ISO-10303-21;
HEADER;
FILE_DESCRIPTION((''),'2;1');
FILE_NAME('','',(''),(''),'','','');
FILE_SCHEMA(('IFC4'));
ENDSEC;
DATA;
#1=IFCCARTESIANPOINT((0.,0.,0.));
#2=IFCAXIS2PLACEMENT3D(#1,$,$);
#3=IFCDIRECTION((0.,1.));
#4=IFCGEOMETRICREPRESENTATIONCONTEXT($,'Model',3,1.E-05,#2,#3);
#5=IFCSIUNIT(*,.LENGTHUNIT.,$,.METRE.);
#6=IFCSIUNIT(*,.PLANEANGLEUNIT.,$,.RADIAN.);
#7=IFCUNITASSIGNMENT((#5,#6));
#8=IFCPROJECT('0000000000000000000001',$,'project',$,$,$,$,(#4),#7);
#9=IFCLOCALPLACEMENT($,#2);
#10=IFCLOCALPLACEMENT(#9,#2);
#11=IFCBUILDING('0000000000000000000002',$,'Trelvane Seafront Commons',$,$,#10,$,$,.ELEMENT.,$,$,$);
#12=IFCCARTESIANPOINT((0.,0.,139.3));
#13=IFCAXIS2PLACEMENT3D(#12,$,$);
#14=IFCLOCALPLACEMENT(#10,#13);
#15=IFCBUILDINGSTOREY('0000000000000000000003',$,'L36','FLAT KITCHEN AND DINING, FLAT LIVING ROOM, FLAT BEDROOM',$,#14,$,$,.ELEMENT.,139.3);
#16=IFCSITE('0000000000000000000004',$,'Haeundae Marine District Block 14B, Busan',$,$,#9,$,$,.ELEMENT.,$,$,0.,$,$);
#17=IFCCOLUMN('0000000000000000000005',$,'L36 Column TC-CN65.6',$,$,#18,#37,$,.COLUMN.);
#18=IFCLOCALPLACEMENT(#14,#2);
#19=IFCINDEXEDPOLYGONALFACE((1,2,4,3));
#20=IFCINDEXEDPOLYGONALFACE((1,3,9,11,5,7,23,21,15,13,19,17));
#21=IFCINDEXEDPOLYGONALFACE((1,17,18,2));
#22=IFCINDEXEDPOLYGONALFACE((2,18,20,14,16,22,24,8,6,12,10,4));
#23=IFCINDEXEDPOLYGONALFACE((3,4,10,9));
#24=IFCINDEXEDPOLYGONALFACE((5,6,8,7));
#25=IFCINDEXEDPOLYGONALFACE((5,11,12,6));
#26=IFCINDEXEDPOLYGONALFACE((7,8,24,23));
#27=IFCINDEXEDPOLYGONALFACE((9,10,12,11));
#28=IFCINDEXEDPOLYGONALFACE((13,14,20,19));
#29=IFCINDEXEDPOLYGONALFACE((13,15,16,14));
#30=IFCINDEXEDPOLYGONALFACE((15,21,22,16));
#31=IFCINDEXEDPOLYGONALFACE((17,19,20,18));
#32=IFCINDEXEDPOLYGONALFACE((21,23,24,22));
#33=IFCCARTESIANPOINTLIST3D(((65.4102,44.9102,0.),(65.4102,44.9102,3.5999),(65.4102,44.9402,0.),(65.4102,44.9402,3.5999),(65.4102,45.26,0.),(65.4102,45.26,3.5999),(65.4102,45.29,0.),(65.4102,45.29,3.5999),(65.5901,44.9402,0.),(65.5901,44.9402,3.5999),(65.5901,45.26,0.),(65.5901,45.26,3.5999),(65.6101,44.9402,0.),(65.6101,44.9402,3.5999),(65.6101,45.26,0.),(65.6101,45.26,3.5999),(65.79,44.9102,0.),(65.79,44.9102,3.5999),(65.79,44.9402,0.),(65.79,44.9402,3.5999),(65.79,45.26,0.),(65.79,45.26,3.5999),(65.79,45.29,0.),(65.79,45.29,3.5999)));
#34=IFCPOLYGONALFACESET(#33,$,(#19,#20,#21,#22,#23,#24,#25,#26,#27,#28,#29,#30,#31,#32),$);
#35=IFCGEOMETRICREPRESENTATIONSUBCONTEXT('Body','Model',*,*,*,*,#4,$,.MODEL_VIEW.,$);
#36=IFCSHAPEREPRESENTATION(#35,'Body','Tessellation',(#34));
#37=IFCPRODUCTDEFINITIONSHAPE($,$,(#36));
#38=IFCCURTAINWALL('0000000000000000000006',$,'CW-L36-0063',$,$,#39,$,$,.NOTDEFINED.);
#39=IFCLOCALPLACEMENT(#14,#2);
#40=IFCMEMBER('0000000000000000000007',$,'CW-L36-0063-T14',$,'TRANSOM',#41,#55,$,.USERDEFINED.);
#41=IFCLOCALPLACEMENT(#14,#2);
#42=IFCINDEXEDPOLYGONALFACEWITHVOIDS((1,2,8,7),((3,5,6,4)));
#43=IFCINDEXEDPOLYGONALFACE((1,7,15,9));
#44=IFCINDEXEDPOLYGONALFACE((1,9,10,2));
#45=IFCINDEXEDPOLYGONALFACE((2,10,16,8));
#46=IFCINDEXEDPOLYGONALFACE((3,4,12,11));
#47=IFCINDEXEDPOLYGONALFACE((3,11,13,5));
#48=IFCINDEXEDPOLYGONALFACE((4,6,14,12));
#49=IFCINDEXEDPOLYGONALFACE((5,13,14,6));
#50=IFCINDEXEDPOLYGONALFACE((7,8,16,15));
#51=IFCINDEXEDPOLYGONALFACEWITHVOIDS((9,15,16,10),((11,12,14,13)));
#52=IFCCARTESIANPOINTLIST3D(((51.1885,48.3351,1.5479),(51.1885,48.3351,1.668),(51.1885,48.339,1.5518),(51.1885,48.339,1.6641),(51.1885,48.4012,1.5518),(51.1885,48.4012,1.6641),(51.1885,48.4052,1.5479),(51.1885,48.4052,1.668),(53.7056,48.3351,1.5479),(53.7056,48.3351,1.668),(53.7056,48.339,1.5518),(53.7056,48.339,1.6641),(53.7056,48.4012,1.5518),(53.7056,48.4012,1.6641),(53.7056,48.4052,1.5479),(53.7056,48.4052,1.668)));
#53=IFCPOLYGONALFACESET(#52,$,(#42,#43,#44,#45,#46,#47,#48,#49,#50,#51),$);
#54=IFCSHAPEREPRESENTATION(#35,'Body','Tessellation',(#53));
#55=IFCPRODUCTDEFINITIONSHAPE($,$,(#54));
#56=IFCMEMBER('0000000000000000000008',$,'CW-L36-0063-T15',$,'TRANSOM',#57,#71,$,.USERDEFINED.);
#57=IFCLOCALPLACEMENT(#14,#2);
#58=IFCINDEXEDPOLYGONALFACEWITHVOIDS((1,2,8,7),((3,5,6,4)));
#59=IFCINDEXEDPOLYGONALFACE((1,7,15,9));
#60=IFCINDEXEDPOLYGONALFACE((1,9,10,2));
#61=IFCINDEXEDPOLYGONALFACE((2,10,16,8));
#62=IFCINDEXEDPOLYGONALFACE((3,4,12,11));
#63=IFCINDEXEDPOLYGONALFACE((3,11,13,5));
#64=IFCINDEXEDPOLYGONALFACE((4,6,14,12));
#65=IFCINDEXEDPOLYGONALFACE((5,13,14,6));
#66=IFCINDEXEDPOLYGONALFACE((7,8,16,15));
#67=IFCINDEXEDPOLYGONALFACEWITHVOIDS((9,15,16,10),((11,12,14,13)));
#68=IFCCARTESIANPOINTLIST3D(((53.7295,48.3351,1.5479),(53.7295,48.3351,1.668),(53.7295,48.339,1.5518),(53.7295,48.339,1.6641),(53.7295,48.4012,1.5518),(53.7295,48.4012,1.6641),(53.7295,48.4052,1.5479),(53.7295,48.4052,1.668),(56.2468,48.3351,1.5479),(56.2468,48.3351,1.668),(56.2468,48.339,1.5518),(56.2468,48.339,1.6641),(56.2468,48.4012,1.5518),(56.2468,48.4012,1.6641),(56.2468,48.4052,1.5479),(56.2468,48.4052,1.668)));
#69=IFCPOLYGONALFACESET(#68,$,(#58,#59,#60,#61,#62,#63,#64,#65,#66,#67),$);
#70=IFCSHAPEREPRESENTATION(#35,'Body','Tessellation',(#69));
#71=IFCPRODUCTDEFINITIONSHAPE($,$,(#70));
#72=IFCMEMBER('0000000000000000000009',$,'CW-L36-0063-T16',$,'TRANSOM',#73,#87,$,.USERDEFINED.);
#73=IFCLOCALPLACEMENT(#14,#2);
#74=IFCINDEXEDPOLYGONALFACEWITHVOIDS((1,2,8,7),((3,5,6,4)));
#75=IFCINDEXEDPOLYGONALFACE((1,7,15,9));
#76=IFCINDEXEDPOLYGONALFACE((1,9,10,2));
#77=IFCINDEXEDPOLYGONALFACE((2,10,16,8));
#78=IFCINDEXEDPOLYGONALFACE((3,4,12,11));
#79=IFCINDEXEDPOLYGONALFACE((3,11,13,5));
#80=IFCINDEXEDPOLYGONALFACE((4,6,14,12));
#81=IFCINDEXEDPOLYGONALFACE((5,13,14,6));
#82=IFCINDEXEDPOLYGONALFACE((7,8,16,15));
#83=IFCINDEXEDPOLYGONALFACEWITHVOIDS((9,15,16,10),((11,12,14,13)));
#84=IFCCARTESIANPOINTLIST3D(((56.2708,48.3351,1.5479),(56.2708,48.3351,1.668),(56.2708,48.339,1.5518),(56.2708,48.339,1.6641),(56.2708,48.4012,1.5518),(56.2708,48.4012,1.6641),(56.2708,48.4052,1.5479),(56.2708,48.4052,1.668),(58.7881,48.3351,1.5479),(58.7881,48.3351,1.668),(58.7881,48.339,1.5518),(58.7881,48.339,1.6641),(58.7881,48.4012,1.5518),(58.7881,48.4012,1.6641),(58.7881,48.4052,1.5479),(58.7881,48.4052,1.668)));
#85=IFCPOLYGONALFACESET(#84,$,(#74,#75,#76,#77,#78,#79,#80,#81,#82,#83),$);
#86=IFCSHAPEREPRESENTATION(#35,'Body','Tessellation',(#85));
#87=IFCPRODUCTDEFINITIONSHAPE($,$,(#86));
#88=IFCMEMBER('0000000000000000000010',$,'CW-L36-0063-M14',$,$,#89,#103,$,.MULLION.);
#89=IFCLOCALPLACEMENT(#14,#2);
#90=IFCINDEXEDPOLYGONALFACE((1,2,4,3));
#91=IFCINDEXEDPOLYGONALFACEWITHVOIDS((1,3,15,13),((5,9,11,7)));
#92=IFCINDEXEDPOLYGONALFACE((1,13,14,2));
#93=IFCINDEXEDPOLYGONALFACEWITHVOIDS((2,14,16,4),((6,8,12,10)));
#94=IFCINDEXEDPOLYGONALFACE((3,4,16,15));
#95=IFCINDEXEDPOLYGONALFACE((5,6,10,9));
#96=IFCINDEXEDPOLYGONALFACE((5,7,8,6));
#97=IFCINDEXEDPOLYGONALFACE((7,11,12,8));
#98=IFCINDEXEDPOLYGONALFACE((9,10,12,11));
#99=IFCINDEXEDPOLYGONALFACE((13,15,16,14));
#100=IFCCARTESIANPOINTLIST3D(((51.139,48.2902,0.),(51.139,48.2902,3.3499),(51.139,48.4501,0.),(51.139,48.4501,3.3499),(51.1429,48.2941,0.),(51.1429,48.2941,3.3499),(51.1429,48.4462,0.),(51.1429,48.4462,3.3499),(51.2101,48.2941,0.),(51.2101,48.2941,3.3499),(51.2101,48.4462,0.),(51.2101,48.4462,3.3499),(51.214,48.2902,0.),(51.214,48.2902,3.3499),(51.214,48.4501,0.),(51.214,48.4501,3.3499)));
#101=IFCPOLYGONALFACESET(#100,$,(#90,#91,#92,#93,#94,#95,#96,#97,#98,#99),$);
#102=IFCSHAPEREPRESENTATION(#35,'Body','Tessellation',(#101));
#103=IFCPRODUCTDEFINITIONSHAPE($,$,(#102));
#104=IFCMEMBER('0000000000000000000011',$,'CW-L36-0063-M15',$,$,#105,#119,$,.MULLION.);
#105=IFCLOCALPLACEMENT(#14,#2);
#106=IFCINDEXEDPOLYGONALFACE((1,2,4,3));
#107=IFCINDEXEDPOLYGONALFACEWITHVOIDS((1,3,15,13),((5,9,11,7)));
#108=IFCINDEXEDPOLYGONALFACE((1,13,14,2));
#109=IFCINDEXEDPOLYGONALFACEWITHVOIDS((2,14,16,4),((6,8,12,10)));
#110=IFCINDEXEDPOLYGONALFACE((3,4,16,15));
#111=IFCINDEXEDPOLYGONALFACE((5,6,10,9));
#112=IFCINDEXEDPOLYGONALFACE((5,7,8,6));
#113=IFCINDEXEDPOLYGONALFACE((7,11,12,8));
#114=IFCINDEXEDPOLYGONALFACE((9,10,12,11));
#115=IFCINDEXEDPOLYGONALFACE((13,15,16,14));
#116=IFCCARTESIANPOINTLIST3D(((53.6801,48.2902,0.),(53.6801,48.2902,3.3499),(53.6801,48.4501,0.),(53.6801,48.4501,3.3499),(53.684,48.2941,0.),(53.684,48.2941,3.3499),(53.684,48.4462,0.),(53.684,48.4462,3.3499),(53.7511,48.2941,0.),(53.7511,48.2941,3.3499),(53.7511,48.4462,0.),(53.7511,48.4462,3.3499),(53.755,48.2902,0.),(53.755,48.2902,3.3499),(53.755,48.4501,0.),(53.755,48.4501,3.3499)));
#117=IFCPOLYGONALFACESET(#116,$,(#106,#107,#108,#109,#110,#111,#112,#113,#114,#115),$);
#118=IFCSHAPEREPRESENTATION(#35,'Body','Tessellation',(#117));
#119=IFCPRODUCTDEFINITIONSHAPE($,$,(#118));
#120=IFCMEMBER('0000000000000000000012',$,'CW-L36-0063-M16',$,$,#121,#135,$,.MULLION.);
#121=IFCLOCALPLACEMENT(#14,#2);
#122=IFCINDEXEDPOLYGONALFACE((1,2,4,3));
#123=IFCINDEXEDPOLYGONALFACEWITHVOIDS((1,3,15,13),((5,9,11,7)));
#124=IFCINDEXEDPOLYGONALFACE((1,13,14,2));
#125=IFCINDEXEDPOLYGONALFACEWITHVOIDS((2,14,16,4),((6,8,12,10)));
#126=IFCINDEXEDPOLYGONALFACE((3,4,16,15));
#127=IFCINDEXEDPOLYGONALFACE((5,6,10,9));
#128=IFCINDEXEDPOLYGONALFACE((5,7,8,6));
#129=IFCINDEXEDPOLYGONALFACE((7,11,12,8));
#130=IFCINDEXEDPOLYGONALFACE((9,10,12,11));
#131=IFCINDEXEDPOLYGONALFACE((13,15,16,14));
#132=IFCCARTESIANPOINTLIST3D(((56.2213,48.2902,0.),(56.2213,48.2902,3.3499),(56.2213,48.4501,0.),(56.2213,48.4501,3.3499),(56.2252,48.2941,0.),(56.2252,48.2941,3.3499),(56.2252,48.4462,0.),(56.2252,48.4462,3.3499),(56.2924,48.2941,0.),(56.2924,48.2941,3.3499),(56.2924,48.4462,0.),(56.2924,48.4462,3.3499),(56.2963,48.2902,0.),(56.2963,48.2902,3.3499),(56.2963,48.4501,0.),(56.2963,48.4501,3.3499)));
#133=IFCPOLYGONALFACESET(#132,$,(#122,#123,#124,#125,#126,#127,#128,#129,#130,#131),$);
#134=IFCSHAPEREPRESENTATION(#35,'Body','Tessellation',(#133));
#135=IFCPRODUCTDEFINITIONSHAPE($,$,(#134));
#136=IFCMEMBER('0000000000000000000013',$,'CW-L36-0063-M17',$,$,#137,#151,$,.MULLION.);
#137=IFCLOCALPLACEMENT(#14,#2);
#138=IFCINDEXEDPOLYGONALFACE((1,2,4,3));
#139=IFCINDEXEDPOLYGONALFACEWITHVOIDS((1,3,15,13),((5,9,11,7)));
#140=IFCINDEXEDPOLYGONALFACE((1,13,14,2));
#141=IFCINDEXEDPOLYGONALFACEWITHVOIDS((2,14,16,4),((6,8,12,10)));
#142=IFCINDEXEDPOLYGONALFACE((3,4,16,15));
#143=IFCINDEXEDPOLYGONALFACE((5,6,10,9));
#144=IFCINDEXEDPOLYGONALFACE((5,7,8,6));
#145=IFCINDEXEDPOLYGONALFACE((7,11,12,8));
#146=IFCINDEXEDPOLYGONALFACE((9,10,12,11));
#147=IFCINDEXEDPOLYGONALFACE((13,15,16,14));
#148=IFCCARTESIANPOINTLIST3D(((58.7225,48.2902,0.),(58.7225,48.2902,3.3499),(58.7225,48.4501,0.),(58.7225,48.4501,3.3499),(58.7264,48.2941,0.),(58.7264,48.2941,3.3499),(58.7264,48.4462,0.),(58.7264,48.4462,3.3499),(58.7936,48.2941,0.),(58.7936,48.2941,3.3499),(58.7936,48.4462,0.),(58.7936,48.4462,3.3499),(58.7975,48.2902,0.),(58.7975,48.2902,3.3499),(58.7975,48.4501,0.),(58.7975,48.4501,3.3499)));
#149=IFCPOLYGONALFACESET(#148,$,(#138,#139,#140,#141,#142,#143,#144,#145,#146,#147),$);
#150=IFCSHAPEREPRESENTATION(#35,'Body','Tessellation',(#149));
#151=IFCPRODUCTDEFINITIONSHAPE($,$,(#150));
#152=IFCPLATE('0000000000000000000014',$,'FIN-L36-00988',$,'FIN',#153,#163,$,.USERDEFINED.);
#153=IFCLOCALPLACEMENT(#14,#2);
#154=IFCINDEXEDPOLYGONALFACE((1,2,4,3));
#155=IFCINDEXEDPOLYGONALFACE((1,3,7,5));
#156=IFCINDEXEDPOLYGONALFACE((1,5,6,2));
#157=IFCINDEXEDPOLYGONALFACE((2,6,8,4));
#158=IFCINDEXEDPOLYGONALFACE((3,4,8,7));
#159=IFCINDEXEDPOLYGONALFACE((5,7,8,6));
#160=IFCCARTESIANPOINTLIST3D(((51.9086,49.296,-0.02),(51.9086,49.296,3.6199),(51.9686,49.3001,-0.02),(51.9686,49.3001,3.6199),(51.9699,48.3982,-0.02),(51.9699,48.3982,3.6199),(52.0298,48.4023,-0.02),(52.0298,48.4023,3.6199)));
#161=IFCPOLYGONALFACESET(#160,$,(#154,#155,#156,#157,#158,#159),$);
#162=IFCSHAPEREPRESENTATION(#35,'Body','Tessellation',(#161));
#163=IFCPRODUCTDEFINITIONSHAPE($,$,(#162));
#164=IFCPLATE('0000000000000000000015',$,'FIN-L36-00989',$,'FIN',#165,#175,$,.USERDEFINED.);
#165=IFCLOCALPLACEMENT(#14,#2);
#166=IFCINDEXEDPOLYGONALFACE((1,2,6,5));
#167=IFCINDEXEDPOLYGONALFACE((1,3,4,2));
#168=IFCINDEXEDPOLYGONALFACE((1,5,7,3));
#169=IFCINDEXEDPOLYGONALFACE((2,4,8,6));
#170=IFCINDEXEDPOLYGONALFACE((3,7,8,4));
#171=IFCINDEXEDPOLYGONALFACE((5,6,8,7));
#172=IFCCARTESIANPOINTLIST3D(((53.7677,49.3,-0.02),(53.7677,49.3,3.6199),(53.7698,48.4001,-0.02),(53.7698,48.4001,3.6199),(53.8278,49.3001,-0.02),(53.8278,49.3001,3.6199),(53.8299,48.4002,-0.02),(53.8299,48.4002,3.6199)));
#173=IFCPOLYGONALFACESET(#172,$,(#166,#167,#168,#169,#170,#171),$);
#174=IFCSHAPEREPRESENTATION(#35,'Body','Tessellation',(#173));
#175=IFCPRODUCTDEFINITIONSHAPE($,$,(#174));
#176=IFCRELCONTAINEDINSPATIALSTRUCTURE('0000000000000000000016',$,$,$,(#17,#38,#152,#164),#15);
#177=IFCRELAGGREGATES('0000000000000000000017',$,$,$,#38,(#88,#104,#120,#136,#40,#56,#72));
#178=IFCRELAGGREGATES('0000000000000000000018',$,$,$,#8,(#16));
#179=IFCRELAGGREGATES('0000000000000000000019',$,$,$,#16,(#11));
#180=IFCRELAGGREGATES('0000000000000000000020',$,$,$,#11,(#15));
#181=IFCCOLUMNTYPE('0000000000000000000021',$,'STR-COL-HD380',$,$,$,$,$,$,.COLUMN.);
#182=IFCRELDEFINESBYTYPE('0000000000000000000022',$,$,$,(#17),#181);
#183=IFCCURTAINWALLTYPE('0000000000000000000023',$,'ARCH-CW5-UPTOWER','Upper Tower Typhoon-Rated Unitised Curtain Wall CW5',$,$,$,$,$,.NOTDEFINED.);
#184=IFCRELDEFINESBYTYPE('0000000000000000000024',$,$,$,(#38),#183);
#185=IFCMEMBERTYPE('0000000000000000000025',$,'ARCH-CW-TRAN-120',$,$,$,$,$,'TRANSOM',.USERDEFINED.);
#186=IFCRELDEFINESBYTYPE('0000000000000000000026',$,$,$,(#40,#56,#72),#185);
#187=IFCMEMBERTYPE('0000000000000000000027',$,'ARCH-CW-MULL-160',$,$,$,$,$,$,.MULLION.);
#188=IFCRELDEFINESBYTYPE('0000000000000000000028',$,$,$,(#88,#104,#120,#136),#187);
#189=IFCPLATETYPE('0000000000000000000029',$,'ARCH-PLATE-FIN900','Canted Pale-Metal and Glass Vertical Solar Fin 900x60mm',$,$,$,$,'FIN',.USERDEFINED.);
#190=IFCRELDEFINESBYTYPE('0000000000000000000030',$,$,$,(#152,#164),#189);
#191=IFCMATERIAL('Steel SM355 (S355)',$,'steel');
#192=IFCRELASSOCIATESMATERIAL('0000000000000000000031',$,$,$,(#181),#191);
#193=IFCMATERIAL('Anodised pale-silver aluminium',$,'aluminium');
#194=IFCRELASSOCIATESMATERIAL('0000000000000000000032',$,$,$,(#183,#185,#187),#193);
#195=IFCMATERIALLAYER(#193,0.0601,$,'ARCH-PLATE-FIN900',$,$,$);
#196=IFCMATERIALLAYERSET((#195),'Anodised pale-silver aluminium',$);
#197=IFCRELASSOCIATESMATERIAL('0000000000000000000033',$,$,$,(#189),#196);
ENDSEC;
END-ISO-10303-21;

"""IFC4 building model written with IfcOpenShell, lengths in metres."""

from ifc_helpers import new_model, si_unit, direction, frame, origin, origin_2d, place, context, subcontext, project, spatial, rectangle, hollow_rectangle, i_section, extrude, source, transform, mapped, material, layer, layer_set, material_profile, profile_set, type_object, element, aggregate, save


model = new_model("IFC4")

# Units and contexts
model_context = context("Model", 3, precision=1e-05, world=origin(), true_north=direction((0.0, 1.0)))
body_context = subcontext(model_context, "Body", "Model", "MODEL_VIEW")
ifc_project = project(units=[si_unit("LENGTHUNIT", "METRE"), si_unit("PLANEANGLEUNIT", "RADIAN")], contexts=[model_context])

# Site, building, storey
site_placement = place(None, origin())
site = spatial("IfcSite", under=ifc_project, at=site_placement, Name="Haeundae Marine District Block 14B, Busan", CompositionType="ELEMENT", RefElevation=0.0)
building_placement = place(site_placement, origin())
building = spatial("IfcBuilding", under=site, at=building_placement, Name="Trelvane Seafront Commons", CompositionType="ELEMENT")
storey_placement = place(building_placement, frame((0.0, 0.0, 139.3)))
storey = spatial("IfcBuildingStorey", under=building, at=storey_placement, Name="L36", Description="FLAT KITCHEN AND DINING, FLAT LIVING ROOM, FLAT BEDROOM", CompositionType="ELEMENT", Elevation=139.3)

# Column
ifc_material_1 = material(Name="Steel SM355 (S355)", Category="steel")
ifc_material_profile_1 = material_profile(ifc_material_1, i_section(OverallWidth=0.3799, OverallDepth=0.3799, WebThickness=0.02, FlangeThickness=0.03, at=origin_2d()), Name="HD-380x380x20x30")
ifc_profile_set_1 = profile_set([ifc_material_profile_1], Name="Steel SM355 (S355)")
column_type = type_object("IfcColumnType", Name="STR-COL-HD380", PredefinedType="COLUMN", material=ifc_profile_set_1)
shared_shape_1 = source(origin(), body_context, "Body", "SweptSolid", [
    extrude(i_section(OverallWidth=0.3799, OverallDepth=0.3799, WebThickness=0.02, FlangeThickness=0.03, at=origin_2d()), origin(), (0.0, 0.0, 1.0), 3.5999),
])
column_placement = place(storey_placement, frame((65.6001, 45.1001, 0.0), z_axis=(0.0, 0.0, 1.0), x_axis=(1.0, 0.0, 0.0)))
element("IfcColumn", 1, at=column_placement, inside=storey, type_object=column_type, Name="L36 Column TC-CN65.6", PredefinedType="COLUMN", context=body_context, shape_type="MappedRepresentation", body=[
    mapped(shared_shape_1, transform((0.0, 0.0, 0.0), x_axis=(1.0, 0.0, 0.0), y_axis=(0.0, 1.0, 0.0), z_axis=(0.0, 0.0, 1.0), scale=1.0)),
])

# Curtain wall, members
ifc_material_2 = material(Name="Anodised pale-silver aluminium", Category="aluminium")
curtain_wall_type = type_object("IfcCurtainWallType", Name="ARCH-CW5-UPTOWER", Description="Upper Tower Typhoon-Rated Unitised Curtain Wall CW5", PredefinedType="NOTDEFINED", material=ifc_material_2)
curtain_wall_placement = place(storey_placement, origin())
curtain_wall = element("IfcCurtainWall", 2, at=curtain_wall_placement, inside=storey, type_object=curtain_wall_type, Name="CW-L36-0063", PredefinedType="NOTDEFINED")
ifc_material_profile_2 = material_profile(ifc_material_2, hollow_rectangle(XDim=0.0701, YDim=0.1201, WallThickness=0.0039, at=origin_2d()), Name="TRAN-70x120x4")
ifc_profile_set_2 = profile_set([ifc_material_profile_2], Name="Anodised pale-silver aluminium")
member_type_1 = type_object("IfcMemberType", Name="ARCH-CW-TRAN-120", ElementType="TRANSOM", PredefinedType="USERDEFINED", material=ifc_profile_set_2)
shared_shape_2 = source(origin(), body_context, "Body", "SweptSolid", [
    extrude(hollow_rectangle(XDim=0.0701, YDim=0.1201, WallThickness=0.0039, at=origin_2d()), origin(), (0.0, 0.0, 1.0), 2.5171),
])
member_1_placement = place(storey_placement, frame((51.1885, 48.3701, 1.6079), z_axis=(1.0, 0.0, 0.0), x_axis=(0.0, 1.0, 0.0)))
member_1 = element("IfcMember", 3, at=member_1_placement, type_object=member_type_1, Name="CW-L36-0063-T14", ObjectType="TRANSOM", PredefinedType="USERDEFINED", context=body_context, shape_type="MappedRepresentation", body=[
    mapped(shared_shape_2, transform((0.0, 0.0, 0.0), x_axis=(1.0, 0.0, 0.0), y_axis=(0.0, 1.0, 0.0), z_axis=(0.0, 0.0, 1.0), scale=1.0)),
])
shared_shape_3 = source(origin(), body_context, "Body", "SweptSolid", [
    extrude(hollow_rectangle(XDim=0.0701, YDim=0.1201, WallThickness=0.0039, at=origin_2d()), origin(), (0.0, 0.0, 1.0), 2.5173),
])
member_2_placement = place(storey_placement, frame((53.7295, 48.3701, 1.6079), z_axis=(1.0, 0.0, 0.0), x_axis=(0.0, 1.0, 0.0)))
member_2 = element("IfcMember", 4, at=member_2_placement, type_object=member_type_1, Name="CW-L36-0063-T15", ObjectType="TRANSOM", PredefinedType="USERDEFINED", context=body_context, shape_type="MappedRepresentation", body=[
    mapped(shared_shape_3, transform((0.0, 0.0, 0.0), x_axis=(1.0, 0.0, 0.0), y_axis=(0.0, 1.0, 0.0), z_axis=(0.0, 0.0, 1.0), scale=1.0)),
])
member_3_placement = place(storey_placement, frame((56.2708, 48.3701, 1.6079), z_axis=(1.0, 0.0, 0.0), x_axis=(0.0, 1.0, 0.0)))
member_3 = element("IfcMember", 5, at=member_3_placement, type_object=member_type_1, Name="CW-L36-0063-T16", ObjectType="TRANSOM", PredefinedType="USERDEFINED", context=body_context, shape_type="MappedRepresentation", body=[
    mapped(shared_shape_3, transform((0.0, 0.0, 0.0), x_axis=(1.0, 0.0, 0.0), y_axis=(0.0, 1.0, 0.0), z_axis=(0.0, 0.0, 1.0), scale=1.0)),
])
ifc_material_profile_3 = material_profile(ifc_material_2, hollow_rectangle(XDim=0.075, YDim=0.1599, WallThickness=0.0039, at=origin_2d()), Name="MULL-75x160x4")
ifc_profile_set_3 = profile_set([ifc_material_profile_3], Name="Anodised pale-silver aluminium")
member_type_2 = type_object("IfcMemberType", Name="ARCH-CW-MULL-160", PredefinedType="MULLION", material=ifc_profile_set_3)
shared_shape_4 = source(origin(), body_context, "Body", "SweptSolid", [
    extrude(hollow_rectangle(XDim=0.075, YDim=0.1599, WallThickness=0.0039, at=origin_2d()), origin(), (0.0, 0.0, 1.0), 3.3499),
])
member_4_placement = place(storey_placement, frame((51.1765, 48.3701, 0.0), z_axis=(0.0, 0.0, 1.0), x_axis=(1.0, 0.0, 0.0)))
member_4 = element("IfcMember", 6, at=member_4_placement, type_object=member_type_2, Name="CW-L36-0063-M14", PredefinedType="MULLION", context=body_context, shape_type="MappedRepresentation", body=[
    mapped(shared_shape_4, transform((0.0, 0.0, 0.0), x_axis=(1.0, 0.0, 0.0), y_axis=(0.0, 1.0, 0.0), z_axis=(0.0, 0.0, 1.0), scale=1.0)),
])
member_5_placement = place(storey_placement, frame((53.7175, 48.3701, 0.0), z_axis=(0.0, 0.0, 1.0), x_axis=(1.0, 0.0, 0.0)))
member_5 = element("IfcMember", 7, at=member_5_placement, type_object=member_type_2, Name="CW-L36-0063-M15", PredefinedType="MULLION", context=body_context, shape_type="MappedRepresentation", body=[
    mapped(shared_shape_4, transform((0.0, 0.0, 0.0), x_axis=(1.0, 0.0, 0.0), y_axis=(0.0, 1.0, 0.0), z_axis=(0.0, 0.0, 1.0), scale=1.0)),
])
member_6_placement = place(storey_placement, frame((56.2588, 48.3701, 0.0), z_axis=(0.0, 0.0, 1.0), x_axis=(1.0, 0.0, 0.0)))
member_6 = element("IfcMember", 8, at=member_6_placement, type_object=member_type_2, Name="CW-L36-0063-M16", PredefinedType="MULLION", context=body_context, shape_type="MappedRepresentation", body=[
    mapped(shared_shape_4, transform((0.0, 0.0, 0.0), x_axis=(1.0, 0.0, 0.0), y_axis=(0.0, 1.0, 0.0), z_axis=(0.0, 0.0, 1.0), scale=1.0)),
])
member_7_placement = place(storey_placement, frame((58.76, 48.3701, 0.0), z_axis=(0.0, 0.0, 1.0), x_axis=(1.0, 0.0, 0.0)))
member_7 = element("IfcMember", 9, at=member_7_placement, type_object=member_type_2, Name="CW-L36-0063-M17", PredefinedType="MULLION", context=body_context, shape_type="MappedRepresentation", body=[
    mapped(shared_shape_4, transform((0.0, 0.0, 0.0), x_axis=(1.0, 0.0, 0.0), y_axis=(0.0, 1.0, 0.0), z_axis=(0.0, 0.0, 1.0), scale=1.0)),
])

# Plates
ifc_layer_1 = layer(ifc_material_2, 0.0601, Name="ARCH-PLATE-FIN900")
ifc_layer_set_1 = layer_set([ifc_layer_1], Name="Anodised pale-silver aluminium")
plate_type_1 = type_object("IfcPlateType", Name="ARCH-PLATE-FIN900", Description="Canted Pale-Metal and Glass Vertical Solar Fin 900x60mm", ElementType="FIN", PredefinedType="USERDEFINED", material=ifc_layer_set_1)
shared_shape_5 = source(origin(), body_context, "Body", "SweptSolid", [
    extrude(rectangle(XDim=0.8999, YDim=0.0601, at=origin_2d()), origin(), (0.0, 0.0, 1.0), 3.6399),
])
for number, where, z_axis, x_axis, name in (
    (10, (51.9692, 48.8491, -0.02), (0.0, 0.0, 1.0), (-0.068111, 0.997678, 0.0), "FIN-L36-00988"),
    (11, (53.7988, 48.8501, -0.02), (0.0, 0.0, 1.0), (-0.002334, 0.999997, 0.0), "FIN-L36-00989"),
):
    element("IfcPlate", number, at=place(storey_placement, frame(where, z_axis=z_axis, x_axis=x_axis)), inside=storey, type_object=plate_type_1, Name=name, ObjectType="FIN", PredefinedType="USERDEFINED", context=body_context, shape_type="MappedRepresentation", body=[
        mapped(shared_shape_5, transform((0.0, 0.0, 0.0), x_axis=(1.0, 0.0, 0.0), y_axis=(0.0, 1.0, 0.0), z_axis=(0.0, 0.0, 1.0), scale=1.0)),
    ])

aggregate(curtain_wall, [member_4, member_5, member_6, member_7, member_1, member_2, member_3])

save(model, "model.ifc")
